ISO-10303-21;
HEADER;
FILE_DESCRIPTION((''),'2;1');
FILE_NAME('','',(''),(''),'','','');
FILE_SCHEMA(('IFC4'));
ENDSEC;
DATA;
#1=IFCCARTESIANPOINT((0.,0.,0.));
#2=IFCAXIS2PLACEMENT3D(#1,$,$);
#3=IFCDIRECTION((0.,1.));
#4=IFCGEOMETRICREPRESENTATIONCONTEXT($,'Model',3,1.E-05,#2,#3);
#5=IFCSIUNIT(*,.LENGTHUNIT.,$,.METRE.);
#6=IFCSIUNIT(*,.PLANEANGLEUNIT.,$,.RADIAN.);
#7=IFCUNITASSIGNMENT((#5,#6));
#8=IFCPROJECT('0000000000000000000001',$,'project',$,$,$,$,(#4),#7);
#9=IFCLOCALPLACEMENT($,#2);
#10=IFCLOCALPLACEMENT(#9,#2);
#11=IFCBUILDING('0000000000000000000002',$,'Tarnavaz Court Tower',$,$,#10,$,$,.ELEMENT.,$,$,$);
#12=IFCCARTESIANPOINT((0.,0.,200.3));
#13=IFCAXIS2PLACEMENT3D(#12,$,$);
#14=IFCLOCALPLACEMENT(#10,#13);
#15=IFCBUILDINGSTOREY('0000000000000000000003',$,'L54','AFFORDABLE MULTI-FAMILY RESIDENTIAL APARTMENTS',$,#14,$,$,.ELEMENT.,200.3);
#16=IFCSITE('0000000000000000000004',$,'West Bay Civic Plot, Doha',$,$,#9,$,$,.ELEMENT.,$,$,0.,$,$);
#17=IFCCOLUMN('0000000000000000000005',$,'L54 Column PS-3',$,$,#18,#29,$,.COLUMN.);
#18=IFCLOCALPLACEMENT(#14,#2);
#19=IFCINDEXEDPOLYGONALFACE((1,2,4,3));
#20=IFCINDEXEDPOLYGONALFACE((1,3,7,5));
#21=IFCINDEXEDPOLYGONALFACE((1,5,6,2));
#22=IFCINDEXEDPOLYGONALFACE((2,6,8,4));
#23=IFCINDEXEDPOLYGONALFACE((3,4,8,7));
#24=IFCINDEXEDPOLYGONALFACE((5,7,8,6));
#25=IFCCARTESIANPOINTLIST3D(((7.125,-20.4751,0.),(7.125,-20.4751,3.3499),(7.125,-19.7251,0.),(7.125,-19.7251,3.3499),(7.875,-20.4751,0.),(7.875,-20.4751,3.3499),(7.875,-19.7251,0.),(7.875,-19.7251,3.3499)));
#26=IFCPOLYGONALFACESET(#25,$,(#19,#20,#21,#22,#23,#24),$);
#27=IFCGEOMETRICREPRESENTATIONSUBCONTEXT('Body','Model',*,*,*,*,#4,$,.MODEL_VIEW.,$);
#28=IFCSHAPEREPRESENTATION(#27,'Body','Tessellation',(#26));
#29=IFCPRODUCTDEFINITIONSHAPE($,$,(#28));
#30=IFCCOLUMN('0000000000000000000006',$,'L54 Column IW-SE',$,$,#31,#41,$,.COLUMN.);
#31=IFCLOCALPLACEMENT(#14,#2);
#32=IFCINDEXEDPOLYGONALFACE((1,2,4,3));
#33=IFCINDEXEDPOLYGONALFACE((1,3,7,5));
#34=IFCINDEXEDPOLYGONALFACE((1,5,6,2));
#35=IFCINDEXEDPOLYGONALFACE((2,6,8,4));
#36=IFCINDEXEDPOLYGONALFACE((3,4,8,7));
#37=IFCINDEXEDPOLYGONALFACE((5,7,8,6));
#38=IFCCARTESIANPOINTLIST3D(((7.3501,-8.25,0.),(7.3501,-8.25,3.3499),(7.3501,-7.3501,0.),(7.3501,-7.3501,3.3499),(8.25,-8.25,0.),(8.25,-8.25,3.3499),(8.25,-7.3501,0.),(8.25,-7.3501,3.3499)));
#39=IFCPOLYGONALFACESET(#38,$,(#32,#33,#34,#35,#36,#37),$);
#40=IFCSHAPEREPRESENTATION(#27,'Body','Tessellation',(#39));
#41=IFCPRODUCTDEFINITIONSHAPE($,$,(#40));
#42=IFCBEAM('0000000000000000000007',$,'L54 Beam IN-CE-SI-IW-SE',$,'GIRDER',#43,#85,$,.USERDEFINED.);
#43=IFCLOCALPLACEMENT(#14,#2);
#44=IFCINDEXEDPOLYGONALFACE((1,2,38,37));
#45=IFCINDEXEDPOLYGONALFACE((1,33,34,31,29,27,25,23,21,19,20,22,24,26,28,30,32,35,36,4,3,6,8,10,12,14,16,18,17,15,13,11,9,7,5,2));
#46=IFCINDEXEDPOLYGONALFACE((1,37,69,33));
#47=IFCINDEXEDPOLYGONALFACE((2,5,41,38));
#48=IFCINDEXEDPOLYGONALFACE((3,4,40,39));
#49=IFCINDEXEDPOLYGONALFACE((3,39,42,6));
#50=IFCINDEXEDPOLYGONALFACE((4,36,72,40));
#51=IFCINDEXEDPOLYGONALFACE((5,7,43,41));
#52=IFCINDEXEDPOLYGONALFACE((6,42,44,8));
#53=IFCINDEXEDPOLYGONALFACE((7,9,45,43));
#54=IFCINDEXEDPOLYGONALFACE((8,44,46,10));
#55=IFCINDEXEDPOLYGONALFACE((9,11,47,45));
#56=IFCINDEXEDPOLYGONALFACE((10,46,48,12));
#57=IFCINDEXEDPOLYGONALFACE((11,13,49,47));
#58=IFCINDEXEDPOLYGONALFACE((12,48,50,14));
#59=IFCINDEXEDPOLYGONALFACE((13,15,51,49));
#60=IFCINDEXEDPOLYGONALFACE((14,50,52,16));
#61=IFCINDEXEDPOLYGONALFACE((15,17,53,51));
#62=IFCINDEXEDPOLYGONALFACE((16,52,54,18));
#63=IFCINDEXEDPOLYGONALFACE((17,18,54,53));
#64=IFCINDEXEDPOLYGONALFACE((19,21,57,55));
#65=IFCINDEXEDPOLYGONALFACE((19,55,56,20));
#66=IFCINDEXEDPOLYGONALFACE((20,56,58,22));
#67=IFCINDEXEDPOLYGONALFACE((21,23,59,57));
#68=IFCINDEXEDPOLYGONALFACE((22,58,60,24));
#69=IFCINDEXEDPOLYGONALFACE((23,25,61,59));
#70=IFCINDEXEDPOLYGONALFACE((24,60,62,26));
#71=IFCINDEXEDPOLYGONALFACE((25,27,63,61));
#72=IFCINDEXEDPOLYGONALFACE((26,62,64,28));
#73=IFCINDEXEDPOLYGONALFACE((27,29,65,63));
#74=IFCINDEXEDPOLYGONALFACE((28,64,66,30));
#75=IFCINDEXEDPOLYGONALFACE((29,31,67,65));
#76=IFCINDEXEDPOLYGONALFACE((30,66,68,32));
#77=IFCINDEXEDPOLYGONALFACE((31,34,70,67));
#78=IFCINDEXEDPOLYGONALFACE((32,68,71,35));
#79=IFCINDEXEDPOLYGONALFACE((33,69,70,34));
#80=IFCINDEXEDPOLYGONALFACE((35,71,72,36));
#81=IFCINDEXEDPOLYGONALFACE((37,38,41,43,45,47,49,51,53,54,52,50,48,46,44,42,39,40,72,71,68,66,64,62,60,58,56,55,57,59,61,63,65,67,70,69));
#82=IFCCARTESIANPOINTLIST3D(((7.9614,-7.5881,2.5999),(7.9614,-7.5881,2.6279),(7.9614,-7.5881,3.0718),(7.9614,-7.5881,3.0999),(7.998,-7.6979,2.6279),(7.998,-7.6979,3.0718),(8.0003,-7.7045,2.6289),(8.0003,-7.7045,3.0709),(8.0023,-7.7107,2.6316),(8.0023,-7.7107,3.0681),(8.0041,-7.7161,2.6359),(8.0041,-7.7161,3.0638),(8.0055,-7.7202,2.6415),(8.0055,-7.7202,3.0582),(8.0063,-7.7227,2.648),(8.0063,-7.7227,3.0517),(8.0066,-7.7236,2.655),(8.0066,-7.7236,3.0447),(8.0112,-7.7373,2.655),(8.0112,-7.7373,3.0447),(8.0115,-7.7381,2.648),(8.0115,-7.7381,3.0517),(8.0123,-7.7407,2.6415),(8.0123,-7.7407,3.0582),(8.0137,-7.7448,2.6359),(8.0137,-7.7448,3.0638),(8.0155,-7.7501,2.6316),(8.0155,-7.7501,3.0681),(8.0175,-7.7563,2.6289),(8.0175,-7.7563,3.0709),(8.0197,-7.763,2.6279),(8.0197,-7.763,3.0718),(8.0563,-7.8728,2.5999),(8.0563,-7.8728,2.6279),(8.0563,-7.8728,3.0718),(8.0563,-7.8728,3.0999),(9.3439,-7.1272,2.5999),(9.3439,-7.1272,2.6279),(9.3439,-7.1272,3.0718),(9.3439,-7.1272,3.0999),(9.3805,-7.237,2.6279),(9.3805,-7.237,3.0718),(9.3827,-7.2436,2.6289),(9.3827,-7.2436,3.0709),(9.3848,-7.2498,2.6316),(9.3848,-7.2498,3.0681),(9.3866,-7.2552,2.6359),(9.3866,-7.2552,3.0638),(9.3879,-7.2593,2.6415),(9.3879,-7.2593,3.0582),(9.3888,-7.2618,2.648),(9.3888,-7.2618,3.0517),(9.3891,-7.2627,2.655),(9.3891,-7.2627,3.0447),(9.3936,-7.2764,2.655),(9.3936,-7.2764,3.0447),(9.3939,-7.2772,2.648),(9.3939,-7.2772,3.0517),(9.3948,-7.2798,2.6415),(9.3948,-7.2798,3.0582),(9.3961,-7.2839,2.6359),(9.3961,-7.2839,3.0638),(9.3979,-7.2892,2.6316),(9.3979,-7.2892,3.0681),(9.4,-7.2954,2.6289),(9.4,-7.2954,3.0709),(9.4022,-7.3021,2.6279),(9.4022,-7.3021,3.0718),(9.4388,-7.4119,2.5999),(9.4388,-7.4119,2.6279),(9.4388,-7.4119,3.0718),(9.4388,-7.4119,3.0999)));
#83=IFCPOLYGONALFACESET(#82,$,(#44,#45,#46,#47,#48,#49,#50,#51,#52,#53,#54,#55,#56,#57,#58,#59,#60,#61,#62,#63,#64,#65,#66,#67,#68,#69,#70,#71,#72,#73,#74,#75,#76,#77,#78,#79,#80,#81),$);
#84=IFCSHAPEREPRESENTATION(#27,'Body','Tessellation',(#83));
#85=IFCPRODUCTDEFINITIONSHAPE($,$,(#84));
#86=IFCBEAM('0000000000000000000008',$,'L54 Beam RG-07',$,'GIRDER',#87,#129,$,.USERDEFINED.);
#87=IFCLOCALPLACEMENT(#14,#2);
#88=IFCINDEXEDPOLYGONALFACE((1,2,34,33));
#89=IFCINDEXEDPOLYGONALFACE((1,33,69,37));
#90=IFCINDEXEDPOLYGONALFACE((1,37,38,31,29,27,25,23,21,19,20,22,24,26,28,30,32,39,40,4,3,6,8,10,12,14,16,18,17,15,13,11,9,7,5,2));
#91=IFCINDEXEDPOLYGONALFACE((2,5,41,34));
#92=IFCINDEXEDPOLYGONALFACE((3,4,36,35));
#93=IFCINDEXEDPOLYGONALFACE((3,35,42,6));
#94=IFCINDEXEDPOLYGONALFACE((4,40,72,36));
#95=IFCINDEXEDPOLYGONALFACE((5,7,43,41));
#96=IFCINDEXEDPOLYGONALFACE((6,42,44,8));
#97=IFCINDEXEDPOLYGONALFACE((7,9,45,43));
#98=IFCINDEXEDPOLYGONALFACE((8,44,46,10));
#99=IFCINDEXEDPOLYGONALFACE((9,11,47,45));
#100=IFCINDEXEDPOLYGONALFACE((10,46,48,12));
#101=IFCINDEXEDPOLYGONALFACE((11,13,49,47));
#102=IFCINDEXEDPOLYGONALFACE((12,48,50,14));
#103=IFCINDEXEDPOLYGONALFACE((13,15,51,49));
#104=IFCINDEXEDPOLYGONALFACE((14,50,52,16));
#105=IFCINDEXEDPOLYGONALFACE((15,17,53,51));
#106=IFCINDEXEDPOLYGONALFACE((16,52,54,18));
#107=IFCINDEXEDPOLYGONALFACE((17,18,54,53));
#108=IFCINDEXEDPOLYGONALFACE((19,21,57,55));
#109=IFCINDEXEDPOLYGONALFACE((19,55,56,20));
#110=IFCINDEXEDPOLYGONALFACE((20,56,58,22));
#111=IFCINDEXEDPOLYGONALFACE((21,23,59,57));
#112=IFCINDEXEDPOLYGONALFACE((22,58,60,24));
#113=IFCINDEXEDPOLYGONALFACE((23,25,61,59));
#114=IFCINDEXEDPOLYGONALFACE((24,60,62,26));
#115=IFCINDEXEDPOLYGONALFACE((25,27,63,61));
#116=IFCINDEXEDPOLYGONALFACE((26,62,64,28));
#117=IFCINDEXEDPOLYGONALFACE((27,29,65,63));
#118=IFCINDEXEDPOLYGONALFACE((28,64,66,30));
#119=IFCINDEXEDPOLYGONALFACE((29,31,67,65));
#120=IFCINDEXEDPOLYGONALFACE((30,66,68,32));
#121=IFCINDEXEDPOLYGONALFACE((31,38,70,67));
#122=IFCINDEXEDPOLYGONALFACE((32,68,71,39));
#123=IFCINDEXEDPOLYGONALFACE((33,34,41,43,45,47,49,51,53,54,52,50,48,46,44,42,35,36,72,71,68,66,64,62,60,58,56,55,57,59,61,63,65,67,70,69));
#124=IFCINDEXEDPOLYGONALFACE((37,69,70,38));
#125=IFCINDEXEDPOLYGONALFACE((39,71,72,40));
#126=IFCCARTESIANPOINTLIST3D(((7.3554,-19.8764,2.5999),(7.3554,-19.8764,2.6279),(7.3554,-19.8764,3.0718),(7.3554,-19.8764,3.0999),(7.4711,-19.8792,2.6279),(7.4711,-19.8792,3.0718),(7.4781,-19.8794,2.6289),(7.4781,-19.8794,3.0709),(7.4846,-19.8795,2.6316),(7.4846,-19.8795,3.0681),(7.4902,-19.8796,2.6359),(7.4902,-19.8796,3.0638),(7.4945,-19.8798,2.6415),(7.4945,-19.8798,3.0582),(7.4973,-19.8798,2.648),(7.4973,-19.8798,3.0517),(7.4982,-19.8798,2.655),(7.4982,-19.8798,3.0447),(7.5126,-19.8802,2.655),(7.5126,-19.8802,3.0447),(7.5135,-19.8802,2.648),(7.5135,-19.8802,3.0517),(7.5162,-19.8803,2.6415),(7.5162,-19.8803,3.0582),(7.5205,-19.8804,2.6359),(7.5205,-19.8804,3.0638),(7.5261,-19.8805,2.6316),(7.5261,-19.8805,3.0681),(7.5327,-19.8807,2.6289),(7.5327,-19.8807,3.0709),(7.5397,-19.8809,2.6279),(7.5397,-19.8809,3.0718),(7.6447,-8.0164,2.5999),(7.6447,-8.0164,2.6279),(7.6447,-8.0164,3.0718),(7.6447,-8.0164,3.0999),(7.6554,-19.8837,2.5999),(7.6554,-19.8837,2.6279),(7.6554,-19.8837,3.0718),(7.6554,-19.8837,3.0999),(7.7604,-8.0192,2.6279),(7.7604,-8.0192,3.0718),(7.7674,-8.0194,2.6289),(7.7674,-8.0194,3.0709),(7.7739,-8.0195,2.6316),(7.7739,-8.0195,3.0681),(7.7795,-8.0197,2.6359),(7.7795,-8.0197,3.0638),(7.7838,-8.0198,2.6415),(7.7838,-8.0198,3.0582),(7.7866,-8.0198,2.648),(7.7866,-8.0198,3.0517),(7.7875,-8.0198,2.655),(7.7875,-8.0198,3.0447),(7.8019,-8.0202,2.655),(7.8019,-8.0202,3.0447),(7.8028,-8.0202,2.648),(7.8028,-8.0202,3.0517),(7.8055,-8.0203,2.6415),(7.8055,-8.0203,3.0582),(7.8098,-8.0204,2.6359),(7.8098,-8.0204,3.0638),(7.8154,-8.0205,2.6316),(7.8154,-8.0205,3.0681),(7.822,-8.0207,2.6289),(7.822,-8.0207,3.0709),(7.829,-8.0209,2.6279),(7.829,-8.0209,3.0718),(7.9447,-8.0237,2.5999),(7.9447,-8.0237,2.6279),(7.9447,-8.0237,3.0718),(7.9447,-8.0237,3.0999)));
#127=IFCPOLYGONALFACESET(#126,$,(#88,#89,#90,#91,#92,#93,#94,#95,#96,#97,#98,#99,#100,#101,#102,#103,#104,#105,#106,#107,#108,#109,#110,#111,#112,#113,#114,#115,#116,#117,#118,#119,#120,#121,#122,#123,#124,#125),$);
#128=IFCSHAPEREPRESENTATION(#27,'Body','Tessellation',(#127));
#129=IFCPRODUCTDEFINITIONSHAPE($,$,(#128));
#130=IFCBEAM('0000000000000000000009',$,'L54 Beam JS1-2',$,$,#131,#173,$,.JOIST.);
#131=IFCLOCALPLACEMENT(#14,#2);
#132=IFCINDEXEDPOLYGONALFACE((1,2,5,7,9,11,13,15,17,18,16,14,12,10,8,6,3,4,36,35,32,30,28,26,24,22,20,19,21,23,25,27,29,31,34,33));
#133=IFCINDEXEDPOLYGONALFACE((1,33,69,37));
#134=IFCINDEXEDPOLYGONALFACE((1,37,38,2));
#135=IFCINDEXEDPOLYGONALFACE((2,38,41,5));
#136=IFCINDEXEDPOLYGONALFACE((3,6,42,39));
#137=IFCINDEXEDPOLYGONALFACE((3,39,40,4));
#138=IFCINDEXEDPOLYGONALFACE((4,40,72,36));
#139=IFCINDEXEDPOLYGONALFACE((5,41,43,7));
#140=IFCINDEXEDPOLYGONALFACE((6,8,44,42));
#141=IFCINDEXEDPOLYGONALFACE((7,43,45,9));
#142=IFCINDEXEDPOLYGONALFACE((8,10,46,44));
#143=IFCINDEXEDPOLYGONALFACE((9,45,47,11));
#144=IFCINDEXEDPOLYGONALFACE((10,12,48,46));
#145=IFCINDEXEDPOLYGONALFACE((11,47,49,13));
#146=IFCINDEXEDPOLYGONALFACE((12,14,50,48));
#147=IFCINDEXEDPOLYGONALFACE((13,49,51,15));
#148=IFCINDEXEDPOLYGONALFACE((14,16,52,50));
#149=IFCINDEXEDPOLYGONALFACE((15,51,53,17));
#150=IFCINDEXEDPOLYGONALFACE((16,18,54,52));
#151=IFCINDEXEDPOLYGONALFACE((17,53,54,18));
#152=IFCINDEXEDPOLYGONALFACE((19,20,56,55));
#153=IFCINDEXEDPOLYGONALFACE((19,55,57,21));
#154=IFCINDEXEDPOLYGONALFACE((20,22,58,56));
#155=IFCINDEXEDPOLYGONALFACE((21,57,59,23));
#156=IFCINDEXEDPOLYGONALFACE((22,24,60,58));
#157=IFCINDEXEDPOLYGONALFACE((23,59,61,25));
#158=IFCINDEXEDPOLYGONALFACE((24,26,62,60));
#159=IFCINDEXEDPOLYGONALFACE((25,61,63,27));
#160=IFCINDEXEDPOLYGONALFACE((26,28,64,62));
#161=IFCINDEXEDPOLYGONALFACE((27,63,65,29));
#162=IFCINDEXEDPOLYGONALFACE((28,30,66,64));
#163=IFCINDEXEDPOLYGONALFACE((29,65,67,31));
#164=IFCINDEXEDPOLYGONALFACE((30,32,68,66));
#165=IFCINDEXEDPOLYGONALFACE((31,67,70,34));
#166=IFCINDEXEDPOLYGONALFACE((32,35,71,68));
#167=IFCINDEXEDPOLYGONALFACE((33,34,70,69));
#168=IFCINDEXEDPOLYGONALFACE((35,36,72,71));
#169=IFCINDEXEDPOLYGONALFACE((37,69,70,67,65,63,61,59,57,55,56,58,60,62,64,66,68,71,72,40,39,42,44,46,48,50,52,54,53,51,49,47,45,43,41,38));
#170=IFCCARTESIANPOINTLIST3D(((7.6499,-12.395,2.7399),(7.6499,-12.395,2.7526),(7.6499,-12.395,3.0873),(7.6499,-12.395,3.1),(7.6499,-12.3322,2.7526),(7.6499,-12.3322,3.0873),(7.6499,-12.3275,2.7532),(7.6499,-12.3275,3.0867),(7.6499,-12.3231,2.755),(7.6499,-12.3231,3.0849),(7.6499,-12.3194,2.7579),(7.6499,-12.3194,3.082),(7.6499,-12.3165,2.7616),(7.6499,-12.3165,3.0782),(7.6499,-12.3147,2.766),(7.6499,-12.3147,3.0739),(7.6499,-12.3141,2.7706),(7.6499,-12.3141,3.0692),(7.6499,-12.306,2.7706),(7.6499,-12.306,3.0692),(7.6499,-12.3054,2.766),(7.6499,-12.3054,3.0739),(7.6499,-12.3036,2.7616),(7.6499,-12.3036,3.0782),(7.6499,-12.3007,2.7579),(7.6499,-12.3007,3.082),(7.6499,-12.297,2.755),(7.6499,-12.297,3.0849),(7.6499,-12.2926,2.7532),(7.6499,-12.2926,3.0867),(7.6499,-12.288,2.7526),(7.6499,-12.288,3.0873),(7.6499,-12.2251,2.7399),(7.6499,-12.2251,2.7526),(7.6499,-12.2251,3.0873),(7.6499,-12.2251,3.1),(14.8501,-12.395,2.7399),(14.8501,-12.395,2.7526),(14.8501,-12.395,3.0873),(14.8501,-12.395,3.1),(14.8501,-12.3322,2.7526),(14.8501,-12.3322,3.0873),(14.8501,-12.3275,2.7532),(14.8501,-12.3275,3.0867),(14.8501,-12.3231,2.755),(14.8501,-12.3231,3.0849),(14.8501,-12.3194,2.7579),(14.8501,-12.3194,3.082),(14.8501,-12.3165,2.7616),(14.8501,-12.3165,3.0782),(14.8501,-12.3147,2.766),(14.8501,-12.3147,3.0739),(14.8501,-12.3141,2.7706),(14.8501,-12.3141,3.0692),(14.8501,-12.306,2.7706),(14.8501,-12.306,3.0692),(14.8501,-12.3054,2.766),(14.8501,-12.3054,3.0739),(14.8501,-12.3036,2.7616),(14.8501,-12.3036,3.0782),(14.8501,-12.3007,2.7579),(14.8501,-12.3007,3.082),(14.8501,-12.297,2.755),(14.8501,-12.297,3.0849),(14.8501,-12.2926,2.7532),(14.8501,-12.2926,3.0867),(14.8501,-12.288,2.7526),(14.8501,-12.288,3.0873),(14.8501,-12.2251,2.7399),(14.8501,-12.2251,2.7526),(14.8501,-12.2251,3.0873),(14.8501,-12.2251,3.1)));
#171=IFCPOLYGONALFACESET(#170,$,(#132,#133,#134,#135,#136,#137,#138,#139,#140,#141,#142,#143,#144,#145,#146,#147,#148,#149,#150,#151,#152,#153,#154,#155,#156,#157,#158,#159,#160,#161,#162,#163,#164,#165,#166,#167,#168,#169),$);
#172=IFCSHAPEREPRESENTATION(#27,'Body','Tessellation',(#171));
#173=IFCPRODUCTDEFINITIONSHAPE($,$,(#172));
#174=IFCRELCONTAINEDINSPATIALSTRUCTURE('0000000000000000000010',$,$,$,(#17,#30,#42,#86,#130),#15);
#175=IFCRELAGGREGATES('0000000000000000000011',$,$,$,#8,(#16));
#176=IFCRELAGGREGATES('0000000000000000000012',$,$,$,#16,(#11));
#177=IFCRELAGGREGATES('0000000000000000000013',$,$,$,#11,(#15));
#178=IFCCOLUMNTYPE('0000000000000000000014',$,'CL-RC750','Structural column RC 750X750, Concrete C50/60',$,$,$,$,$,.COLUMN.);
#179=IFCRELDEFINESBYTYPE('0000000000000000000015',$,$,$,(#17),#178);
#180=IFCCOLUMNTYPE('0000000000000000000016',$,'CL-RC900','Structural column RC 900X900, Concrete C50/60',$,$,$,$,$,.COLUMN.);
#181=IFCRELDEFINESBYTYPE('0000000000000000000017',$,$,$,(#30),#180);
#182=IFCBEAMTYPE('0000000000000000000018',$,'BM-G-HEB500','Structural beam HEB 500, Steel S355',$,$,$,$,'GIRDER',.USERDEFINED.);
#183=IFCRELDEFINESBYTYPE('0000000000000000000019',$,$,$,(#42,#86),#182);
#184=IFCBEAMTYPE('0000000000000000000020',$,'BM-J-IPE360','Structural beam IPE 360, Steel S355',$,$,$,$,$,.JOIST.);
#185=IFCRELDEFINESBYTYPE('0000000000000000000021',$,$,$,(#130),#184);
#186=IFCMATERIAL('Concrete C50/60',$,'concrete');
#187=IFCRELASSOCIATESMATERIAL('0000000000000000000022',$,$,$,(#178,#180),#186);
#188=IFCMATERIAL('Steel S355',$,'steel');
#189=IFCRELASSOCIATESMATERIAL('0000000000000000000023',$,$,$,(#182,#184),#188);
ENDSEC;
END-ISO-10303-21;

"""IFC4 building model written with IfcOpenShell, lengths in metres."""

from ifc_helpers import new_model, si_unit, direction, frame, origin, origin_2d, place, context, subcontext, project, spatial, rectangle, i_section, extrude, material, material_profile, profile_set, type_object, element, save


model = new_model("IFC4")

# Units and contexts
model_context = context("Model", 3, precision=1e-05, world=origin(), true_north=direction((0.0, 1.0)))
body_context = subcontext(model_context, "Body", "Model", "MODEL_VIEW")
ifc_project = project(units=[si_unit("LENGTHUNIT", "METRE"), si_unit("PLANEANGLEUNIT", "RADIAN")], contexts=[model_context])

# Site, building, storey
site_placement = place(None, origin())
site = spatial("IfcSite", under=ifc_project, at=site_placement, Name="West Bay Civic Plot, Doha", CompositionType="ELEMENT", RefElevation=0.0)
building_placement = place(site_placement, origin())
building = spatial("IfcBuilding", under=site, at=building_placement, Name="Tarnavaz Court Tower", CompositionType="ELEMENT")
storey_placement = place(building_placement, frame((0.0, 0.0, 200.3)))
storey = spatial("IfcBuildingStorey", under=building, at=storey_placement, Name="L54", Description="AFFORDABLE MULTI-FAMILY RESIDENTIAL APARTMENTS", CompositionType="ELEMENT", Elevation=200.3)

# Columns
ifc_material_1 = material(Name="Concrete C50/60", Category="concrete")
ifc_material_profile_1 = material_profile(ifc_material_1, rectangle(XDim=0.75, YDim=0.75, at=origin_2d()), Name="RC 750X750")
ifc_profile_set_1 = profile_set([ifc_material_profile_1], Name="Concrete C50/60")
column_type_1 = type_object("IfcColumnType", Name="CL-RC750", Description="Structural column RC 750X750, Concrete C50/60", PredefinedType="COLUMN", material=ifc_profile_set_1)
column_1_placement = place(storey_placement, frame((7.5, -20.1001, 0.0), z_axis=(0.0, 0.0, 1.0), x_axis=(1.0, 0.0, 0.0)))
element("IfcColumn", 1, at=column_1_placement, inside=storey, type_object=column_type_1, Name="L54 Column PS-3", PredefinedType="COLUMN", context=body_context, shape_type="SweptSolid", body=[
    extrude(rectangle(XDim=0.75, YDim=0.75, at=origin_2d()), origin(), (0.0, 0.0, 1.0), 3.3499),
])
ifc_material_profile_2 = material_profile(ifc_material_1, rectangle(XDim=0.8999, YDim=0.8999, at=origin_2d()), Name="RC 900X900")
ifc_profile_set_2 = profile_set([ifc_material_profile_2], Name="Concrete C50/60")
column_type_2 = type_object("IfcColumnType", Name="CL-RC900", Description="Structural column RC 900X900, Concrete C50/60", PredefinedType="COLUMN", material=ifc_profile_set_2)
column_2_placement = place(storey_placement, frame((7.8, -7.8, 0.0), z_axis=(0.0, 0.0, 1.0), x_axis=(1.0, 0.0, 0.0)))
element("IfcColumn", 2, at=column_2_placement, inside=storey, type_object=column_type_2, Name="L54 Column IW-SE", PredefinedType="COLUMN", context=body_context, shape_type="SweptSolid", body=[
    extrude(rectangle(XDim=0.8999, YDim=0.8999, at=origin_2d()), origin(), (0.0, 0.0, 1.0), 3.3499),
])

# Beams
ifc_material_2 = material(Name="Steel S355", Category="steel")
ifc_material_profile_3 = material_profile(ifc_material_2, i_section(OverallWidth=0.3, OverallDepth=0.5, WebThickness=0.0144, FlangeThickness=0.0281, FilletRadius=0.0271, at=origin_2d()), Name="HEB 500")
ifc_profile_set_3 = profile_set([ifc_material_profile_3], Name="Steel S355")
beam_type_1 = type_object("IfcBeamType", Name="BM-G-HEB500", Description="Structural beam HEB 500, Steel S355", ElementType="GIRDER", PredefinedType="USERDEFINED", material=ifc_profile_set_3)
beam_1_placement = place(storey_placement, frame((9.3914, -7.2695, 2.8499), z_axis=(-0.948667, -0.316278, 0.0), x_axis=(0.316278, -0.948667, 0.0)))
element("IfcBeam", 3, at=beam_1_placement, inside=storey, type_object=beam_type_1, Name="L54 Beam IN-CE-SI-IW-SE", ObjectType="GIRDER", PredefinedType="USERDEFINED", context=body_context, shape_type="SweptSolid", body=[
    extrude(i_section(OverallWidth=0.3, OverallDepth=0.5, WebThickness=0.0144, FlangeThickness=0.0281, FilletRadius=0.0271, at=origin_2d()), origin(), (0.0, 0.0, 1.0), 1.4573),
])
beam_2_placement = place(storey_placement, frame((7.7947, -8.02, 2.8499), z_axis=(-0.024386, -0.999703, 0.0), x_axis=(0.999703, -0.024386, 0.0)))
element("IfcBeam", 4, at=beam_2_placement, inside=storey, type_object=beam_type_1, Name="L54 Beam RG-07", ObjectType="GIRDER", PredefinedType="USERDEFINED", context=body_context, shape_type="SweptSolid", body=[
    extrude(i_section(OverallWidth=0.3, OverallDepth=0.5, WebThickness=0.0144, FlangeThickness=0.0281, FilletRadius=0.0271, at=origin_2d()), origin(), (0.0, 0.0, 1.0), 11.8635),
])
ifc_material_profile_4 = material_profile(ifc_material_2, i_section(OverallWidth=0.1699, OverallDepth=0.3601, WebThickness=0.0081, FlangeThickness=0.0127, FilletRadius=0.0181, at=origin_2d()), Name="IPE 360")
ifc_profile_set_4 = profile_set([ifc_material_profile_4], Name="Steel S355")
beam_type_2 = type_object("IfcBeamType", Name="BM-J-IPE360", Description="Structural beam IPE 360, Steel S355", PredefinedType="JOIST", material=ifc_profile_set_4)
for number, where, z_axis, x_axis, name in (
    (5, (7.6499, -12.3101, 2.9199), (1.0, 0.0, 0.0), (0.0, 1.0, 0.0), "L54 Beam JS1-2"),
):
    element("IfcBeam", number, at=place(storey_placement, frame(where, z_axis=z_axis, x_axis=x_axis)), inside=storey, type_object=beam_type_2, Name=name, PredefinedType="JOIST", context=body_context, shape_type="SweptSolid", body=[
        extrude(i_section(OverallWidth=0.1699, OverallDepth=0.3601, WebThickness=0.0081, FlangeThickness=0.0127, FilletRadius=0.0181, at=origin_2d()), origin(), (0.0, 0.0, 1.0), 7.2002),
    ])

save(model, "model.ifc")
